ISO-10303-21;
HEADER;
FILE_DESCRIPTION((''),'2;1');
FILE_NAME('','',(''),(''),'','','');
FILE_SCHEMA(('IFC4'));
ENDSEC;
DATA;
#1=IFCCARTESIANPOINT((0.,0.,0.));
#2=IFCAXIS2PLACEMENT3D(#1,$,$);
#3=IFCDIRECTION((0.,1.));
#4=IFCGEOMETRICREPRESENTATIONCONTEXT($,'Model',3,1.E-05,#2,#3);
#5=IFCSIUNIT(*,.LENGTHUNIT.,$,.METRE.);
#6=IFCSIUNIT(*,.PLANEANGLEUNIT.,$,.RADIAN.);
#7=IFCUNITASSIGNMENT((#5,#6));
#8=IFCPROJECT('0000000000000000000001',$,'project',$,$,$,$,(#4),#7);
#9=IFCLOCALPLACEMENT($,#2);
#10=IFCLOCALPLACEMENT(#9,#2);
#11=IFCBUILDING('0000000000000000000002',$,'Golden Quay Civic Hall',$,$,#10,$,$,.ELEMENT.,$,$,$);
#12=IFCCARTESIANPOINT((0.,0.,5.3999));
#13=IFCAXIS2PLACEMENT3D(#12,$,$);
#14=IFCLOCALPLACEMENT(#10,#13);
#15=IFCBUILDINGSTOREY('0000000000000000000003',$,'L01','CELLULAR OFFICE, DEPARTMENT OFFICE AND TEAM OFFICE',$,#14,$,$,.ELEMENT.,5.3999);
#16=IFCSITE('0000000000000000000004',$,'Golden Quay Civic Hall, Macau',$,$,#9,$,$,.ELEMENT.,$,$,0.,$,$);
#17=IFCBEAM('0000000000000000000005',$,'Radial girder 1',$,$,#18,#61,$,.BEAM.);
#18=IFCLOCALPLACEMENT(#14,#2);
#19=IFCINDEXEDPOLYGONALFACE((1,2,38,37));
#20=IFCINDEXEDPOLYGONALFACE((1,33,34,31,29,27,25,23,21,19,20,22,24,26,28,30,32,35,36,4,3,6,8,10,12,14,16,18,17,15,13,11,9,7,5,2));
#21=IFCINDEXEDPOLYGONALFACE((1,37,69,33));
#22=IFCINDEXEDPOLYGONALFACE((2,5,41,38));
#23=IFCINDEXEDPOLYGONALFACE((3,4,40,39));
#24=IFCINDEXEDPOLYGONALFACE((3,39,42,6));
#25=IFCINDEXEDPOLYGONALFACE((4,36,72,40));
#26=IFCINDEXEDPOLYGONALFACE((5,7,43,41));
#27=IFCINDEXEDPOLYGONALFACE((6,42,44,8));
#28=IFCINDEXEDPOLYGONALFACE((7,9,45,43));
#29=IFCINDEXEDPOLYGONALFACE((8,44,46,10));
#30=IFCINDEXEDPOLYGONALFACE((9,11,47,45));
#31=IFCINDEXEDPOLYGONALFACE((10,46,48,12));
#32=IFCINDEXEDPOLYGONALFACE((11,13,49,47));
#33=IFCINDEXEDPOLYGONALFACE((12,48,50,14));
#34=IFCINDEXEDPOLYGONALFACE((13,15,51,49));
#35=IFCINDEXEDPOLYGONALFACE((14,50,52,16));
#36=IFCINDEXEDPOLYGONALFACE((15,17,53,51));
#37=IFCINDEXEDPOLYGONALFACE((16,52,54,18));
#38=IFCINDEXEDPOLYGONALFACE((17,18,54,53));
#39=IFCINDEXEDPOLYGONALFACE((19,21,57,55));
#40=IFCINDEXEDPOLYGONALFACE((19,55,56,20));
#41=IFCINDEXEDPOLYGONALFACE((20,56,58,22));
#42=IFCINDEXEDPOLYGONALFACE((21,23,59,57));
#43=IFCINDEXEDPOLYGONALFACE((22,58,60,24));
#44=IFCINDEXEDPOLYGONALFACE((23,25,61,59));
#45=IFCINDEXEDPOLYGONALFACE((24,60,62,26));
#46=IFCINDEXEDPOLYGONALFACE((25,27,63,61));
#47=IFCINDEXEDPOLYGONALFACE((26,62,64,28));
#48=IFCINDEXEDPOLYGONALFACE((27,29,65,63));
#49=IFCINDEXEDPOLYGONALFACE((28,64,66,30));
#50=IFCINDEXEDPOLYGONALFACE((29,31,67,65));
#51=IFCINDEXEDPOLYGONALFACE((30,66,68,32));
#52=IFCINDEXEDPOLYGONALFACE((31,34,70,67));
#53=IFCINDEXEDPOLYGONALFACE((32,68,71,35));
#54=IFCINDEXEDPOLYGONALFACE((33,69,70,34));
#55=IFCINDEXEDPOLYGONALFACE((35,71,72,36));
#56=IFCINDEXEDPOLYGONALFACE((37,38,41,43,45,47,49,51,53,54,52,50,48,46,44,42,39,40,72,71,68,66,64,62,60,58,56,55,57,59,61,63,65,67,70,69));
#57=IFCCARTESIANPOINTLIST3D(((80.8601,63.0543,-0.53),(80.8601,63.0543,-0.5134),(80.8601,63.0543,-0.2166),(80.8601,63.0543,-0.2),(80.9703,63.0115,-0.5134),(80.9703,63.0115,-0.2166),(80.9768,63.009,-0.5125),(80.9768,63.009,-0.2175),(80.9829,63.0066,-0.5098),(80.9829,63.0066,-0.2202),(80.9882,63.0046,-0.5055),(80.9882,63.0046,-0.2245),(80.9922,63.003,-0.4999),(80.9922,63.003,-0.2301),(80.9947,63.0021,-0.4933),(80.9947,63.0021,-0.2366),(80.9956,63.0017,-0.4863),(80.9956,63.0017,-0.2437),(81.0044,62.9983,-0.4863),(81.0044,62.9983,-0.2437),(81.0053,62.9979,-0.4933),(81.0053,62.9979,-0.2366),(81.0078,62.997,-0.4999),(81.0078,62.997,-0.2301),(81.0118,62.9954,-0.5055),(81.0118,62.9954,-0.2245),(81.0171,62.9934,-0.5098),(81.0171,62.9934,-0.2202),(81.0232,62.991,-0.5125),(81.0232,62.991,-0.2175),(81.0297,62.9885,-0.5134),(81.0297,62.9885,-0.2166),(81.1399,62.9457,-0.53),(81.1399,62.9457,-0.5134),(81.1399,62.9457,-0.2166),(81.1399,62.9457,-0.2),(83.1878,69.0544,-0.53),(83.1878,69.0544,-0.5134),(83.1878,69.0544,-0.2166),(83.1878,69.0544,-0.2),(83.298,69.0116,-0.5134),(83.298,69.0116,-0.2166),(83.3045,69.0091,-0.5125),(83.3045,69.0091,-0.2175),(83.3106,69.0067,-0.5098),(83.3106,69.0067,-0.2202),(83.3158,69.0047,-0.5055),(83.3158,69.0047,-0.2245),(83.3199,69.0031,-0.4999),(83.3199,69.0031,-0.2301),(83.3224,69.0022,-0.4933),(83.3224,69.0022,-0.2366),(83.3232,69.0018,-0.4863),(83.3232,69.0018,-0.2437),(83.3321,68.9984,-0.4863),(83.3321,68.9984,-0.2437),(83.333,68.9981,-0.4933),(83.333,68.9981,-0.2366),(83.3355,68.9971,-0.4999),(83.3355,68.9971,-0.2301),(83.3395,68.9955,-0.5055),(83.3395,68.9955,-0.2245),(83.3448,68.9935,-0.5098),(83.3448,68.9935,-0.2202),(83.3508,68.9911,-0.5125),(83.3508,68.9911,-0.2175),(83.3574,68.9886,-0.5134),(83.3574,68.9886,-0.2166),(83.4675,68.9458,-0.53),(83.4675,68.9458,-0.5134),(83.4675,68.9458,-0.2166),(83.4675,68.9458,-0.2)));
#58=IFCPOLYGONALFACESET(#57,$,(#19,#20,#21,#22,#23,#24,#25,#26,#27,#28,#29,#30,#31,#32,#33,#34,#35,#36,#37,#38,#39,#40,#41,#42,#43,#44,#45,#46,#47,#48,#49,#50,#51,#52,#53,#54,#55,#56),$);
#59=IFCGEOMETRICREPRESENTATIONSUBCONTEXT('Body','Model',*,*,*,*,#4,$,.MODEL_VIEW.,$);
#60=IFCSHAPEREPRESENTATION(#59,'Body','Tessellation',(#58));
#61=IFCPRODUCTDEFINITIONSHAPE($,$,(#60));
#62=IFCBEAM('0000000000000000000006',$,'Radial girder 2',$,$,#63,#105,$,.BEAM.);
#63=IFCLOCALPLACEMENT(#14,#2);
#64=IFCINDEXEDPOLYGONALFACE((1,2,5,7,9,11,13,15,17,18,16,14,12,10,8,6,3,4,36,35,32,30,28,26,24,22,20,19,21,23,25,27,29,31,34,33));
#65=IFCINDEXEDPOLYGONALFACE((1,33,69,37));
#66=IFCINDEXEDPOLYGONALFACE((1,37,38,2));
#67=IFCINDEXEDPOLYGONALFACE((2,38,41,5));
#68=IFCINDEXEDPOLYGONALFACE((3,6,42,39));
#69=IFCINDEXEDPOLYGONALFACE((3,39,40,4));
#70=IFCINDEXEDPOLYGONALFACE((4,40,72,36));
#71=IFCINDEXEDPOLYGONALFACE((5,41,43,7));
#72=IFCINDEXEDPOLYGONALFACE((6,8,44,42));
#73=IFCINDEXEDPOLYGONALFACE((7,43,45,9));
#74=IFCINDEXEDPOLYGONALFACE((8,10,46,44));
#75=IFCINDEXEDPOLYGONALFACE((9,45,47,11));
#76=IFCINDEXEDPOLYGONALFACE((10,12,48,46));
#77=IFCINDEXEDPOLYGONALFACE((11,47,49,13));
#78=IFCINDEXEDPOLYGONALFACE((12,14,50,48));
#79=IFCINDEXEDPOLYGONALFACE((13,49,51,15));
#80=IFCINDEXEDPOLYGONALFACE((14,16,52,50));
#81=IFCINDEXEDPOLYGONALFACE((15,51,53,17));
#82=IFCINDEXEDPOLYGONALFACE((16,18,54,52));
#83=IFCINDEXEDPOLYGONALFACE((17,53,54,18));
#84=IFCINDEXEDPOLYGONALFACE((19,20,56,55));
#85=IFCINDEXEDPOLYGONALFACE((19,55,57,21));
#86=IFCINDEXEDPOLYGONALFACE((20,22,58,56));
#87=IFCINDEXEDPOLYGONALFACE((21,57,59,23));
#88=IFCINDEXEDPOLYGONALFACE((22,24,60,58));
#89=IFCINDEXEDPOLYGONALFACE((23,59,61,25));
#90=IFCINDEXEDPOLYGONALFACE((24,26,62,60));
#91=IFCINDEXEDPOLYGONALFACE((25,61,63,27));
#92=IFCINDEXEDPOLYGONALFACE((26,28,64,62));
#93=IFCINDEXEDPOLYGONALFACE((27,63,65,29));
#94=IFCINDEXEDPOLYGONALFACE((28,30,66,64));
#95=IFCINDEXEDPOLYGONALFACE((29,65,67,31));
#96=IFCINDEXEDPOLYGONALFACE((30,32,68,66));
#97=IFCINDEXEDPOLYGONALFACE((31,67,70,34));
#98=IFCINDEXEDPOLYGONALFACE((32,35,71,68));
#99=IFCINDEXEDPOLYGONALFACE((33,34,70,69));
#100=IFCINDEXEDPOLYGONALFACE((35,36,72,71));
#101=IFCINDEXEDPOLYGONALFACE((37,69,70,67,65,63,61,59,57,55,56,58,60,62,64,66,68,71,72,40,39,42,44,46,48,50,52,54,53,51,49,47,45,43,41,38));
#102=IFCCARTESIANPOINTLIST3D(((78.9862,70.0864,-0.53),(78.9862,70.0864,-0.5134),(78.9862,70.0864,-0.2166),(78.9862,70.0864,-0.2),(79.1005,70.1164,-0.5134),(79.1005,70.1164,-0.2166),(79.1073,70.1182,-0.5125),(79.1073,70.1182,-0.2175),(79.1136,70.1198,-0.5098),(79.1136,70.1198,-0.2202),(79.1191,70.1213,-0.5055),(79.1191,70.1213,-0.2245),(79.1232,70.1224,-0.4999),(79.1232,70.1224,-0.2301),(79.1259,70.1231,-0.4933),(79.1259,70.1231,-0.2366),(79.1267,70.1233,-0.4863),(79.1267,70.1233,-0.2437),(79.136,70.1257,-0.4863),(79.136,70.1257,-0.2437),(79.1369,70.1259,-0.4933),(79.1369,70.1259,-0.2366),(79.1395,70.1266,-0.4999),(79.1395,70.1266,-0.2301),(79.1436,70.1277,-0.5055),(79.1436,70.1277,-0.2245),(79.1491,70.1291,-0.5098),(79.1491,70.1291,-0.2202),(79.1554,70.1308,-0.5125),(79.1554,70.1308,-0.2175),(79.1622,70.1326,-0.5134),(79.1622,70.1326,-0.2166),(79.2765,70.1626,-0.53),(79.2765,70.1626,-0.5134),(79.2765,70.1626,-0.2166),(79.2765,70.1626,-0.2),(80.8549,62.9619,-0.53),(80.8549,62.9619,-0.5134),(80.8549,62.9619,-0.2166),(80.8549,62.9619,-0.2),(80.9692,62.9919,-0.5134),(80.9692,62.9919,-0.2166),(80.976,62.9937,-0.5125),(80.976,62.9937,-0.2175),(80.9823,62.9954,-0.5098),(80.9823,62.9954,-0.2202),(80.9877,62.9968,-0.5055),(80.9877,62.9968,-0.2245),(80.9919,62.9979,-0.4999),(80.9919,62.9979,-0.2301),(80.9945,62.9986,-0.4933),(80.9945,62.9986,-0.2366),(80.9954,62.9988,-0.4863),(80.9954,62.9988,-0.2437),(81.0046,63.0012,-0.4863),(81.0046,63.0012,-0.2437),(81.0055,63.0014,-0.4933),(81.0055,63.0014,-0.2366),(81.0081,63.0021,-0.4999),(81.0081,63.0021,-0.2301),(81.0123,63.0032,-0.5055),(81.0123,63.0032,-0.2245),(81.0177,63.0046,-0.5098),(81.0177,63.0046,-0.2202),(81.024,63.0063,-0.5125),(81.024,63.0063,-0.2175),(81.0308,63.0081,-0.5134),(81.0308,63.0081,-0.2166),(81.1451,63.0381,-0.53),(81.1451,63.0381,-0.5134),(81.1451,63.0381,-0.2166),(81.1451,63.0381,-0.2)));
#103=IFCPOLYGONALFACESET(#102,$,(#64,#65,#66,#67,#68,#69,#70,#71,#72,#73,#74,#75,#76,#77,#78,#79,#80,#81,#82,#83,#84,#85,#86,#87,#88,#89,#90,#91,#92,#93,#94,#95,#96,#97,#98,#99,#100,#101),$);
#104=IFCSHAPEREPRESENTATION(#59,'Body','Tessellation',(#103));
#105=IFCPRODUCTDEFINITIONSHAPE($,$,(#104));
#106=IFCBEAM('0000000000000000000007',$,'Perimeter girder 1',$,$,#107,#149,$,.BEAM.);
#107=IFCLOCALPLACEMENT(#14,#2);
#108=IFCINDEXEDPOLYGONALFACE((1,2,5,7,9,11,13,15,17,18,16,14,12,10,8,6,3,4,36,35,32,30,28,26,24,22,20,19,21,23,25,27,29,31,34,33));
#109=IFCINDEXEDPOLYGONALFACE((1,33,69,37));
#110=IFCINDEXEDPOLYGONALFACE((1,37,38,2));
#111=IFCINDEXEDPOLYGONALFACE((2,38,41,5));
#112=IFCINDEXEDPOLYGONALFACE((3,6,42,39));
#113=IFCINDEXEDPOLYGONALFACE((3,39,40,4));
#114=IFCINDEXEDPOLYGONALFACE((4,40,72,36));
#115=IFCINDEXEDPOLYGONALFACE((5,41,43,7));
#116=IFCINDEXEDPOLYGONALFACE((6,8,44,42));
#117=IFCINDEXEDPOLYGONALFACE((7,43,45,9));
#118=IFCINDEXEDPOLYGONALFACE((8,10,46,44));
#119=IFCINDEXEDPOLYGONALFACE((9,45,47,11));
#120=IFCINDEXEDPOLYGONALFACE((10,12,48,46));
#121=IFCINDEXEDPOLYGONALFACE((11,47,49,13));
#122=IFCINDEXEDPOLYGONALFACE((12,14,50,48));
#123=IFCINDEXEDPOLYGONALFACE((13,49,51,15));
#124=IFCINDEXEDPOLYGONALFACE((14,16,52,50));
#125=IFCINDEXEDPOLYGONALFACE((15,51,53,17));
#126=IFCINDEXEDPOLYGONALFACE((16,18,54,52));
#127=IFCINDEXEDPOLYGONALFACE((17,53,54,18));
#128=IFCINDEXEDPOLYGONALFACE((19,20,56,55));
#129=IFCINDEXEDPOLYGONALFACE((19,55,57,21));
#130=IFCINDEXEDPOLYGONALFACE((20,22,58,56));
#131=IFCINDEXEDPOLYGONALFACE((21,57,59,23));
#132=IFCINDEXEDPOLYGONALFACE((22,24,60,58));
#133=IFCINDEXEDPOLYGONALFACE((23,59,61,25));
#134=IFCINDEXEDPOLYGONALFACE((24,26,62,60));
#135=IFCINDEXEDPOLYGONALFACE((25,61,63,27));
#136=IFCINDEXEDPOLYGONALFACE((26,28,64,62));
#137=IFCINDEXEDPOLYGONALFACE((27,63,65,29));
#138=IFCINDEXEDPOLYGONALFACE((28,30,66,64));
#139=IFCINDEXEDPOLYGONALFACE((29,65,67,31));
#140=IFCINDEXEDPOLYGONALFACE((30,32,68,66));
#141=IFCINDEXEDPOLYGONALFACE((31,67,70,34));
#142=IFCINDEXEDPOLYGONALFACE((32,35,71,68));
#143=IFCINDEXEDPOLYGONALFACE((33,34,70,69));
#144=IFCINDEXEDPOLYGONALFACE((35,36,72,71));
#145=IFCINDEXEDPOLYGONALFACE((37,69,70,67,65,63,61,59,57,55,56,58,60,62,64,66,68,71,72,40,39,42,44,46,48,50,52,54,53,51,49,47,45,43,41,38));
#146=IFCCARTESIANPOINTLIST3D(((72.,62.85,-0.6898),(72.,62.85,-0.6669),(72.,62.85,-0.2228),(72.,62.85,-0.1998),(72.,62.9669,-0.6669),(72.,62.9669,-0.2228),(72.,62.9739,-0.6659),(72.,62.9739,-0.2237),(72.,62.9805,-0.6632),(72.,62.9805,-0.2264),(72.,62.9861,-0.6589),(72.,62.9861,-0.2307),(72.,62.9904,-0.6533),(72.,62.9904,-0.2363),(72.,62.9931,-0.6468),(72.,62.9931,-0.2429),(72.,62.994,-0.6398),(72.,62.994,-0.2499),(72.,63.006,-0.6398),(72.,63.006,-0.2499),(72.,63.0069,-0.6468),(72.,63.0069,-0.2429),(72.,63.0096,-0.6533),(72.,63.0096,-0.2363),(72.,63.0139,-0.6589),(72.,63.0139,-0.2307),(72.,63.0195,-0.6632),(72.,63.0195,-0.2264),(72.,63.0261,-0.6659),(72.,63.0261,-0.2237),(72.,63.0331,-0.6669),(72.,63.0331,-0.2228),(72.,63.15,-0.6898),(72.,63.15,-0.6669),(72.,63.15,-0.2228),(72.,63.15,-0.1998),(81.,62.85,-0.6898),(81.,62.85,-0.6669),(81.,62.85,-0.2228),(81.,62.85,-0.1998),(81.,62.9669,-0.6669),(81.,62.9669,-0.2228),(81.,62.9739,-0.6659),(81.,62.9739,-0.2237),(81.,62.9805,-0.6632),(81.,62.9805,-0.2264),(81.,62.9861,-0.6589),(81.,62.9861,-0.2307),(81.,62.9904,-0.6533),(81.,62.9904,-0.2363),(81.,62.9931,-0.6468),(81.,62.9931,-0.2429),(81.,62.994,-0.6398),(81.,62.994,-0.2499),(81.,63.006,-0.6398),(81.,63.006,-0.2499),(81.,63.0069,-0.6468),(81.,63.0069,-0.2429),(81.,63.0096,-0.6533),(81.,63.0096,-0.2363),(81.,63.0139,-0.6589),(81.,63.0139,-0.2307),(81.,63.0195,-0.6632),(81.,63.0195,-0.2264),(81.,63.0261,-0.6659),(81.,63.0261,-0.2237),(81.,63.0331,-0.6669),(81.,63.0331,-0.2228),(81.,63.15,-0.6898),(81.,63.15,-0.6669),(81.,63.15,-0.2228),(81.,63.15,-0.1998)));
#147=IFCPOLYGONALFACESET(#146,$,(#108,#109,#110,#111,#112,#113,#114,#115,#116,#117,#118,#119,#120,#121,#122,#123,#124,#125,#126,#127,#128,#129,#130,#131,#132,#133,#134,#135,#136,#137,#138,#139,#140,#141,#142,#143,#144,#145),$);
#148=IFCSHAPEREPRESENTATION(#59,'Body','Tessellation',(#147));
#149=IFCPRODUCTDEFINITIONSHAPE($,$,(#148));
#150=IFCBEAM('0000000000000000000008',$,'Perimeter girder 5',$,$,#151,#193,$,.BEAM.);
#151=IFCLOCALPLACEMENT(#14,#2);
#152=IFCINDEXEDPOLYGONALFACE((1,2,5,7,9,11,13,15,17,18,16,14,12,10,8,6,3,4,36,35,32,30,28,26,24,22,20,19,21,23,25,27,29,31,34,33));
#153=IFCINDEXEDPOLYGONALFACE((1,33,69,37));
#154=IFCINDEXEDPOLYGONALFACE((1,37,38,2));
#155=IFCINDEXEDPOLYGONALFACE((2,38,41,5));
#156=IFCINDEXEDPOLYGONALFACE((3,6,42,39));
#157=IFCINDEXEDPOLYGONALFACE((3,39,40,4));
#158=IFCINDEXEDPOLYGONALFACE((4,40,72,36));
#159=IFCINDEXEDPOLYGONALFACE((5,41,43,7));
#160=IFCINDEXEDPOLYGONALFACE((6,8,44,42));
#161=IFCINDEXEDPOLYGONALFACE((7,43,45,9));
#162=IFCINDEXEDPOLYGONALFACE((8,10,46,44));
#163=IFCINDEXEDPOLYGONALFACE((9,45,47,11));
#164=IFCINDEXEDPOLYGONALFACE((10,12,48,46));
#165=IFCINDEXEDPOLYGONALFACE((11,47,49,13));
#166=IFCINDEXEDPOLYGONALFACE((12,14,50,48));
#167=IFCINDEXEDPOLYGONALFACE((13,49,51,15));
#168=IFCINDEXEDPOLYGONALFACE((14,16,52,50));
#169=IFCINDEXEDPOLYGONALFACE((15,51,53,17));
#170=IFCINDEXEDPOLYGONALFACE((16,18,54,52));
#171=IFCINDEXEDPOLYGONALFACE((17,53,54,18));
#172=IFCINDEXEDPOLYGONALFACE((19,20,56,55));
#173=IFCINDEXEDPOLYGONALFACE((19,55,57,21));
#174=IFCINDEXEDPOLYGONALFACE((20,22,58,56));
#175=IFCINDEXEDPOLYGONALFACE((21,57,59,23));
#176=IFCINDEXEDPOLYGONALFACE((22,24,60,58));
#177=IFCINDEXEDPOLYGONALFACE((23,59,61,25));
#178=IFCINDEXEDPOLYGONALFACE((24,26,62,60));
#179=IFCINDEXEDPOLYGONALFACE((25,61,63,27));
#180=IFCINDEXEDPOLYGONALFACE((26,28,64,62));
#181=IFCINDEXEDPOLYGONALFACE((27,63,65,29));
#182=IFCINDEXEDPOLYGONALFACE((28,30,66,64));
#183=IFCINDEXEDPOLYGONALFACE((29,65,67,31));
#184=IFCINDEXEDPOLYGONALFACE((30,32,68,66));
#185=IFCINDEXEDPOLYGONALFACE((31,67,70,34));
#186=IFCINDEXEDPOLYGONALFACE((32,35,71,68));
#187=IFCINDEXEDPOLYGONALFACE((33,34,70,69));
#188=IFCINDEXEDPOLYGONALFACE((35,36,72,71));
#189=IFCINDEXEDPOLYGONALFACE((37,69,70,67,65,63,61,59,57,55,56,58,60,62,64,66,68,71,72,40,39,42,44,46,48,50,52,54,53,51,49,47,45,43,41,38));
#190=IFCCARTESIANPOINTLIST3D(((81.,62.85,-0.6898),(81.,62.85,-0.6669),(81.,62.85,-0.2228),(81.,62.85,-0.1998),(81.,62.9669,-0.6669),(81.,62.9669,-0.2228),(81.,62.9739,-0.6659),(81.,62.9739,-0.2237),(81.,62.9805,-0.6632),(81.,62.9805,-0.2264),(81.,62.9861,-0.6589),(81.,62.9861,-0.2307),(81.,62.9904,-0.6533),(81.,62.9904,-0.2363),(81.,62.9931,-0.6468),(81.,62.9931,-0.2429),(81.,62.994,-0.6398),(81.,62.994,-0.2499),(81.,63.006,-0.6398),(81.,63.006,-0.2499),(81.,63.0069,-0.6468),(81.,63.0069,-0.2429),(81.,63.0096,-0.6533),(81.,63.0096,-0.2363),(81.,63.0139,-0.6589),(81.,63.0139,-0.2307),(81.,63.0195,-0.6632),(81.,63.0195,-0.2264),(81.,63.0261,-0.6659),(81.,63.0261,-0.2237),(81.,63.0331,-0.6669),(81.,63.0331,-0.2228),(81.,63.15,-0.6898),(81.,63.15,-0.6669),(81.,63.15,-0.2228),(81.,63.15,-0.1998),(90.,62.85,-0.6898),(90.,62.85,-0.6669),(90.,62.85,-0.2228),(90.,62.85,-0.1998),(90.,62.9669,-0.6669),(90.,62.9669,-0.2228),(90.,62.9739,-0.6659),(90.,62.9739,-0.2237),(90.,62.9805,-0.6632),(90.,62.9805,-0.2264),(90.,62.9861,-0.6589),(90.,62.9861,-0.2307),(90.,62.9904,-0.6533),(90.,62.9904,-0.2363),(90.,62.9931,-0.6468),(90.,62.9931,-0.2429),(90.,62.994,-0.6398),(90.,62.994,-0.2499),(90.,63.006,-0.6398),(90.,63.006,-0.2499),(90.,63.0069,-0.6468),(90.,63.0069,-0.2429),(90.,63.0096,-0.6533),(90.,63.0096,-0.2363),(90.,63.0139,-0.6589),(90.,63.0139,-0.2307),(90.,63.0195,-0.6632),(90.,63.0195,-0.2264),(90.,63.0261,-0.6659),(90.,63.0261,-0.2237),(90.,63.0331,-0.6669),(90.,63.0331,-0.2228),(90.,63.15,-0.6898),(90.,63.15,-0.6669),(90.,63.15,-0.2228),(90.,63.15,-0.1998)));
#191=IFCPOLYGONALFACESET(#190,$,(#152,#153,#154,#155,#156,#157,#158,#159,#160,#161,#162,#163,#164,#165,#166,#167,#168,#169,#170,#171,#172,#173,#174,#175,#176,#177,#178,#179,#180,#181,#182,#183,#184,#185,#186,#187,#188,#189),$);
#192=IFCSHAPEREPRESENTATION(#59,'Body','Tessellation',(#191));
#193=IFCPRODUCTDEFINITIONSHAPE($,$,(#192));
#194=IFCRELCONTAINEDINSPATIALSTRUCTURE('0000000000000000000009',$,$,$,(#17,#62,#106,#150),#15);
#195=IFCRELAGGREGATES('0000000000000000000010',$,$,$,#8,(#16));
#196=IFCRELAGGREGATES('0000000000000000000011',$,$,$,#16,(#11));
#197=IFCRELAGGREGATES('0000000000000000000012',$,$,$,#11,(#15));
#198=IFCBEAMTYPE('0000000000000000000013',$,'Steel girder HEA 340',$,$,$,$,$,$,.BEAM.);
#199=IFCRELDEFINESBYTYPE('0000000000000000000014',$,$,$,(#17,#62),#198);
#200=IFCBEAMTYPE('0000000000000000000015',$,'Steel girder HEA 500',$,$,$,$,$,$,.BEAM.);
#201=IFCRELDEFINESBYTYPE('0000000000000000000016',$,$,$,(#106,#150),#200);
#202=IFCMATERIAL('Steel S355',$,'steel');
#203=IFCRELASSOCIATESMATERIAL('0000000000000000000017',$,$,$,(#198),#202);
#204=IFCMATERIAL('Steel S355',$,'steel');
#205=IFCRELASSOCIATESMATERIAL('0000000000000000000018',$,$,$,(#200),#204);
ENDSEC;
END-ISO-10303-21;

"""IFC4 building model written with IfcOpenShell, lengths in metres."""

from ifc_helpers import new_model, si_unit, direction, frame, origin, origin_2d, place, context, subcontext, project, spatial, i_section, extrude, material, material_profile, profile_set, type_object, element, save


model = new_model("IFC4")

# Units and contexts
model_context = context("Model", 3, precision=1e-05, world=origin(), true_north=direction((0.0, 1.0)))
body_context = subcontext(model_context, "Body", "Model", "MODEL_VIEW")
ifc_project = project(units=[si_unit("LENGTHUNIT", "METRE"), si_unit("PLANEANGLEUNIT", "RADIAN")], contexts=[model_context])

# Site, building, storey
site_placement = place(None, origin())
site = spatial("IfcSite", under=ifc_project, at=site_placement, Name="Golden Quay Civic Hall, Macau", CompositionType="ELEMENT", RefElevation=0.0)
building_placement = place(site_placement, origin())
building = spatial("IfcBuilding", under=site, at=building_placement, Name="Golden Quay Civic Hall", CompositionType="ELEMENT")
storey_placement = place(building_placement, frame((0.0, 0.0, 5.3999)))
storey = spatial("IfcBuildingStorey", under=building, at=storey_placement, Name="L01", Description="CELLULAR OFFICE, DEPARTMENT OFFICE AND TEAM OFFICE", CompositionType="ELEMENT", Elevation=5.3999)

# Beams
ifc_material_1 = material(Name="Steel S355", Category="steel")
ifc_material_profile_1 = material_profile(ifc_material_1, i_section(OverallWidth=0.3, OverallDepth=0.3301, WebThickness=0.0095, FlangeThickness=0.0166, FilletRadius=0.0271, at=origin_2d()), Name="HEA 340")
ifc_profile_set_1 = profile_set([ifc_material_profile_1], Name="Steel S355")
beam_type_1 = type_object("IfcBeamType", Name="Steel girder HEA 340", PredefinedType="BEAM", material=ifc_profile_set_1)
beam_1_placement = place(storey_placement, frame((81.0, 63.0, -0.365), z_axis=(0.361677, 0.932303, 0.0), x_axis=(-0.932303, 0.361677, 0.0)))
element("IfcBeam", 1, at=beam_1_placement, inside=storey, type_object=beam_type_1, Name="Radial girder 1", PredefinedType="BEAM", context=body_context, shape_type="SweptSolid", body=[
    extrude(i_section(OverallWidth=0.3, OverallDepth=0.3301, WebThickness=0.0095, FlangeThickness=0.0166, FilletRadius=0.0271, at=origin_2d()), origin(), (0.0, 0.0, 1.0), 6.4358),
])
beam_2_placement = place(storey_placement, frame((81.0, 63.0, -0.365), z_axis=(-0.253704, 0.967282, 0.0), x_axis=(-0.967282, -0.253704, 0.0)))
element("IfcBeam", 2, at=beam_2_placement, inside=storey, type_object=beam_type_1, Name="Radial girder 2", PredefinedType="BEAM", context=body_context, shape_type="SweptSolid", body=[
    extrude(i_section(OverallWidth=0.3, OverallDepth=0.3301, WebThickness=0.0095, FlangeThickness=0.0166, FilletRadius=0.0271, at=origin_2d()), origin(), (0.0, 0.0, 1.0), 7.3655),
])
ifc_material_2 = material(Name="Steel S355", Category="steel")
ifc_material_profile_2 = material_profile(ifc_material_2, i_section(OverallWidth=0.3, OverallDepth=0.49, WebThickness=0.012, FlangeThickness=0.0229, FilletRadius=0.0271, at=origin_2d()), Name="HEA 500")
ifc_profile_set_2 = profile_set([ifc_material_profile_2], Name="Steel S355")
beam_type_2 = type_object("IfcBeamType", Name="Steel girder HEA 500", PredefinedType="BEAM", material=ifc_profile_set_2)
for number, where, z_axis, x_axis, name in (
    (3, (72.0, 63.0, -0.4448), (1.0, 0.0, 0.0), (0.0, 1.0, 0.0), "Perimeter girder 1"),
    (4, (81.0, 63.0, -0.4448), (1.0, 0.0, 0.0), (0.0, 1.0, 0.0), "Perimeter girder 5"),
):
    element("IfcBeam", number, at=place(storey_placement, frame(where, z_axis=z_axis, x_axis=x_axis)), inside=storey, type_object=beam_type_2, Name=name, PredefinedType="BEAM", context=body_context, shape_type="SweptSolid", body=[
        extrude(i_section(OverallWidth=0.3, OverallDepth=0.49, WebThickness=0.012, FlangeThickness=0.0229, FilletRadius=0.0271, at=origin_2d()), origin(), (0.0, 0.0, 1.0), 9.0),
    ])

save(model, "model.ifc")
